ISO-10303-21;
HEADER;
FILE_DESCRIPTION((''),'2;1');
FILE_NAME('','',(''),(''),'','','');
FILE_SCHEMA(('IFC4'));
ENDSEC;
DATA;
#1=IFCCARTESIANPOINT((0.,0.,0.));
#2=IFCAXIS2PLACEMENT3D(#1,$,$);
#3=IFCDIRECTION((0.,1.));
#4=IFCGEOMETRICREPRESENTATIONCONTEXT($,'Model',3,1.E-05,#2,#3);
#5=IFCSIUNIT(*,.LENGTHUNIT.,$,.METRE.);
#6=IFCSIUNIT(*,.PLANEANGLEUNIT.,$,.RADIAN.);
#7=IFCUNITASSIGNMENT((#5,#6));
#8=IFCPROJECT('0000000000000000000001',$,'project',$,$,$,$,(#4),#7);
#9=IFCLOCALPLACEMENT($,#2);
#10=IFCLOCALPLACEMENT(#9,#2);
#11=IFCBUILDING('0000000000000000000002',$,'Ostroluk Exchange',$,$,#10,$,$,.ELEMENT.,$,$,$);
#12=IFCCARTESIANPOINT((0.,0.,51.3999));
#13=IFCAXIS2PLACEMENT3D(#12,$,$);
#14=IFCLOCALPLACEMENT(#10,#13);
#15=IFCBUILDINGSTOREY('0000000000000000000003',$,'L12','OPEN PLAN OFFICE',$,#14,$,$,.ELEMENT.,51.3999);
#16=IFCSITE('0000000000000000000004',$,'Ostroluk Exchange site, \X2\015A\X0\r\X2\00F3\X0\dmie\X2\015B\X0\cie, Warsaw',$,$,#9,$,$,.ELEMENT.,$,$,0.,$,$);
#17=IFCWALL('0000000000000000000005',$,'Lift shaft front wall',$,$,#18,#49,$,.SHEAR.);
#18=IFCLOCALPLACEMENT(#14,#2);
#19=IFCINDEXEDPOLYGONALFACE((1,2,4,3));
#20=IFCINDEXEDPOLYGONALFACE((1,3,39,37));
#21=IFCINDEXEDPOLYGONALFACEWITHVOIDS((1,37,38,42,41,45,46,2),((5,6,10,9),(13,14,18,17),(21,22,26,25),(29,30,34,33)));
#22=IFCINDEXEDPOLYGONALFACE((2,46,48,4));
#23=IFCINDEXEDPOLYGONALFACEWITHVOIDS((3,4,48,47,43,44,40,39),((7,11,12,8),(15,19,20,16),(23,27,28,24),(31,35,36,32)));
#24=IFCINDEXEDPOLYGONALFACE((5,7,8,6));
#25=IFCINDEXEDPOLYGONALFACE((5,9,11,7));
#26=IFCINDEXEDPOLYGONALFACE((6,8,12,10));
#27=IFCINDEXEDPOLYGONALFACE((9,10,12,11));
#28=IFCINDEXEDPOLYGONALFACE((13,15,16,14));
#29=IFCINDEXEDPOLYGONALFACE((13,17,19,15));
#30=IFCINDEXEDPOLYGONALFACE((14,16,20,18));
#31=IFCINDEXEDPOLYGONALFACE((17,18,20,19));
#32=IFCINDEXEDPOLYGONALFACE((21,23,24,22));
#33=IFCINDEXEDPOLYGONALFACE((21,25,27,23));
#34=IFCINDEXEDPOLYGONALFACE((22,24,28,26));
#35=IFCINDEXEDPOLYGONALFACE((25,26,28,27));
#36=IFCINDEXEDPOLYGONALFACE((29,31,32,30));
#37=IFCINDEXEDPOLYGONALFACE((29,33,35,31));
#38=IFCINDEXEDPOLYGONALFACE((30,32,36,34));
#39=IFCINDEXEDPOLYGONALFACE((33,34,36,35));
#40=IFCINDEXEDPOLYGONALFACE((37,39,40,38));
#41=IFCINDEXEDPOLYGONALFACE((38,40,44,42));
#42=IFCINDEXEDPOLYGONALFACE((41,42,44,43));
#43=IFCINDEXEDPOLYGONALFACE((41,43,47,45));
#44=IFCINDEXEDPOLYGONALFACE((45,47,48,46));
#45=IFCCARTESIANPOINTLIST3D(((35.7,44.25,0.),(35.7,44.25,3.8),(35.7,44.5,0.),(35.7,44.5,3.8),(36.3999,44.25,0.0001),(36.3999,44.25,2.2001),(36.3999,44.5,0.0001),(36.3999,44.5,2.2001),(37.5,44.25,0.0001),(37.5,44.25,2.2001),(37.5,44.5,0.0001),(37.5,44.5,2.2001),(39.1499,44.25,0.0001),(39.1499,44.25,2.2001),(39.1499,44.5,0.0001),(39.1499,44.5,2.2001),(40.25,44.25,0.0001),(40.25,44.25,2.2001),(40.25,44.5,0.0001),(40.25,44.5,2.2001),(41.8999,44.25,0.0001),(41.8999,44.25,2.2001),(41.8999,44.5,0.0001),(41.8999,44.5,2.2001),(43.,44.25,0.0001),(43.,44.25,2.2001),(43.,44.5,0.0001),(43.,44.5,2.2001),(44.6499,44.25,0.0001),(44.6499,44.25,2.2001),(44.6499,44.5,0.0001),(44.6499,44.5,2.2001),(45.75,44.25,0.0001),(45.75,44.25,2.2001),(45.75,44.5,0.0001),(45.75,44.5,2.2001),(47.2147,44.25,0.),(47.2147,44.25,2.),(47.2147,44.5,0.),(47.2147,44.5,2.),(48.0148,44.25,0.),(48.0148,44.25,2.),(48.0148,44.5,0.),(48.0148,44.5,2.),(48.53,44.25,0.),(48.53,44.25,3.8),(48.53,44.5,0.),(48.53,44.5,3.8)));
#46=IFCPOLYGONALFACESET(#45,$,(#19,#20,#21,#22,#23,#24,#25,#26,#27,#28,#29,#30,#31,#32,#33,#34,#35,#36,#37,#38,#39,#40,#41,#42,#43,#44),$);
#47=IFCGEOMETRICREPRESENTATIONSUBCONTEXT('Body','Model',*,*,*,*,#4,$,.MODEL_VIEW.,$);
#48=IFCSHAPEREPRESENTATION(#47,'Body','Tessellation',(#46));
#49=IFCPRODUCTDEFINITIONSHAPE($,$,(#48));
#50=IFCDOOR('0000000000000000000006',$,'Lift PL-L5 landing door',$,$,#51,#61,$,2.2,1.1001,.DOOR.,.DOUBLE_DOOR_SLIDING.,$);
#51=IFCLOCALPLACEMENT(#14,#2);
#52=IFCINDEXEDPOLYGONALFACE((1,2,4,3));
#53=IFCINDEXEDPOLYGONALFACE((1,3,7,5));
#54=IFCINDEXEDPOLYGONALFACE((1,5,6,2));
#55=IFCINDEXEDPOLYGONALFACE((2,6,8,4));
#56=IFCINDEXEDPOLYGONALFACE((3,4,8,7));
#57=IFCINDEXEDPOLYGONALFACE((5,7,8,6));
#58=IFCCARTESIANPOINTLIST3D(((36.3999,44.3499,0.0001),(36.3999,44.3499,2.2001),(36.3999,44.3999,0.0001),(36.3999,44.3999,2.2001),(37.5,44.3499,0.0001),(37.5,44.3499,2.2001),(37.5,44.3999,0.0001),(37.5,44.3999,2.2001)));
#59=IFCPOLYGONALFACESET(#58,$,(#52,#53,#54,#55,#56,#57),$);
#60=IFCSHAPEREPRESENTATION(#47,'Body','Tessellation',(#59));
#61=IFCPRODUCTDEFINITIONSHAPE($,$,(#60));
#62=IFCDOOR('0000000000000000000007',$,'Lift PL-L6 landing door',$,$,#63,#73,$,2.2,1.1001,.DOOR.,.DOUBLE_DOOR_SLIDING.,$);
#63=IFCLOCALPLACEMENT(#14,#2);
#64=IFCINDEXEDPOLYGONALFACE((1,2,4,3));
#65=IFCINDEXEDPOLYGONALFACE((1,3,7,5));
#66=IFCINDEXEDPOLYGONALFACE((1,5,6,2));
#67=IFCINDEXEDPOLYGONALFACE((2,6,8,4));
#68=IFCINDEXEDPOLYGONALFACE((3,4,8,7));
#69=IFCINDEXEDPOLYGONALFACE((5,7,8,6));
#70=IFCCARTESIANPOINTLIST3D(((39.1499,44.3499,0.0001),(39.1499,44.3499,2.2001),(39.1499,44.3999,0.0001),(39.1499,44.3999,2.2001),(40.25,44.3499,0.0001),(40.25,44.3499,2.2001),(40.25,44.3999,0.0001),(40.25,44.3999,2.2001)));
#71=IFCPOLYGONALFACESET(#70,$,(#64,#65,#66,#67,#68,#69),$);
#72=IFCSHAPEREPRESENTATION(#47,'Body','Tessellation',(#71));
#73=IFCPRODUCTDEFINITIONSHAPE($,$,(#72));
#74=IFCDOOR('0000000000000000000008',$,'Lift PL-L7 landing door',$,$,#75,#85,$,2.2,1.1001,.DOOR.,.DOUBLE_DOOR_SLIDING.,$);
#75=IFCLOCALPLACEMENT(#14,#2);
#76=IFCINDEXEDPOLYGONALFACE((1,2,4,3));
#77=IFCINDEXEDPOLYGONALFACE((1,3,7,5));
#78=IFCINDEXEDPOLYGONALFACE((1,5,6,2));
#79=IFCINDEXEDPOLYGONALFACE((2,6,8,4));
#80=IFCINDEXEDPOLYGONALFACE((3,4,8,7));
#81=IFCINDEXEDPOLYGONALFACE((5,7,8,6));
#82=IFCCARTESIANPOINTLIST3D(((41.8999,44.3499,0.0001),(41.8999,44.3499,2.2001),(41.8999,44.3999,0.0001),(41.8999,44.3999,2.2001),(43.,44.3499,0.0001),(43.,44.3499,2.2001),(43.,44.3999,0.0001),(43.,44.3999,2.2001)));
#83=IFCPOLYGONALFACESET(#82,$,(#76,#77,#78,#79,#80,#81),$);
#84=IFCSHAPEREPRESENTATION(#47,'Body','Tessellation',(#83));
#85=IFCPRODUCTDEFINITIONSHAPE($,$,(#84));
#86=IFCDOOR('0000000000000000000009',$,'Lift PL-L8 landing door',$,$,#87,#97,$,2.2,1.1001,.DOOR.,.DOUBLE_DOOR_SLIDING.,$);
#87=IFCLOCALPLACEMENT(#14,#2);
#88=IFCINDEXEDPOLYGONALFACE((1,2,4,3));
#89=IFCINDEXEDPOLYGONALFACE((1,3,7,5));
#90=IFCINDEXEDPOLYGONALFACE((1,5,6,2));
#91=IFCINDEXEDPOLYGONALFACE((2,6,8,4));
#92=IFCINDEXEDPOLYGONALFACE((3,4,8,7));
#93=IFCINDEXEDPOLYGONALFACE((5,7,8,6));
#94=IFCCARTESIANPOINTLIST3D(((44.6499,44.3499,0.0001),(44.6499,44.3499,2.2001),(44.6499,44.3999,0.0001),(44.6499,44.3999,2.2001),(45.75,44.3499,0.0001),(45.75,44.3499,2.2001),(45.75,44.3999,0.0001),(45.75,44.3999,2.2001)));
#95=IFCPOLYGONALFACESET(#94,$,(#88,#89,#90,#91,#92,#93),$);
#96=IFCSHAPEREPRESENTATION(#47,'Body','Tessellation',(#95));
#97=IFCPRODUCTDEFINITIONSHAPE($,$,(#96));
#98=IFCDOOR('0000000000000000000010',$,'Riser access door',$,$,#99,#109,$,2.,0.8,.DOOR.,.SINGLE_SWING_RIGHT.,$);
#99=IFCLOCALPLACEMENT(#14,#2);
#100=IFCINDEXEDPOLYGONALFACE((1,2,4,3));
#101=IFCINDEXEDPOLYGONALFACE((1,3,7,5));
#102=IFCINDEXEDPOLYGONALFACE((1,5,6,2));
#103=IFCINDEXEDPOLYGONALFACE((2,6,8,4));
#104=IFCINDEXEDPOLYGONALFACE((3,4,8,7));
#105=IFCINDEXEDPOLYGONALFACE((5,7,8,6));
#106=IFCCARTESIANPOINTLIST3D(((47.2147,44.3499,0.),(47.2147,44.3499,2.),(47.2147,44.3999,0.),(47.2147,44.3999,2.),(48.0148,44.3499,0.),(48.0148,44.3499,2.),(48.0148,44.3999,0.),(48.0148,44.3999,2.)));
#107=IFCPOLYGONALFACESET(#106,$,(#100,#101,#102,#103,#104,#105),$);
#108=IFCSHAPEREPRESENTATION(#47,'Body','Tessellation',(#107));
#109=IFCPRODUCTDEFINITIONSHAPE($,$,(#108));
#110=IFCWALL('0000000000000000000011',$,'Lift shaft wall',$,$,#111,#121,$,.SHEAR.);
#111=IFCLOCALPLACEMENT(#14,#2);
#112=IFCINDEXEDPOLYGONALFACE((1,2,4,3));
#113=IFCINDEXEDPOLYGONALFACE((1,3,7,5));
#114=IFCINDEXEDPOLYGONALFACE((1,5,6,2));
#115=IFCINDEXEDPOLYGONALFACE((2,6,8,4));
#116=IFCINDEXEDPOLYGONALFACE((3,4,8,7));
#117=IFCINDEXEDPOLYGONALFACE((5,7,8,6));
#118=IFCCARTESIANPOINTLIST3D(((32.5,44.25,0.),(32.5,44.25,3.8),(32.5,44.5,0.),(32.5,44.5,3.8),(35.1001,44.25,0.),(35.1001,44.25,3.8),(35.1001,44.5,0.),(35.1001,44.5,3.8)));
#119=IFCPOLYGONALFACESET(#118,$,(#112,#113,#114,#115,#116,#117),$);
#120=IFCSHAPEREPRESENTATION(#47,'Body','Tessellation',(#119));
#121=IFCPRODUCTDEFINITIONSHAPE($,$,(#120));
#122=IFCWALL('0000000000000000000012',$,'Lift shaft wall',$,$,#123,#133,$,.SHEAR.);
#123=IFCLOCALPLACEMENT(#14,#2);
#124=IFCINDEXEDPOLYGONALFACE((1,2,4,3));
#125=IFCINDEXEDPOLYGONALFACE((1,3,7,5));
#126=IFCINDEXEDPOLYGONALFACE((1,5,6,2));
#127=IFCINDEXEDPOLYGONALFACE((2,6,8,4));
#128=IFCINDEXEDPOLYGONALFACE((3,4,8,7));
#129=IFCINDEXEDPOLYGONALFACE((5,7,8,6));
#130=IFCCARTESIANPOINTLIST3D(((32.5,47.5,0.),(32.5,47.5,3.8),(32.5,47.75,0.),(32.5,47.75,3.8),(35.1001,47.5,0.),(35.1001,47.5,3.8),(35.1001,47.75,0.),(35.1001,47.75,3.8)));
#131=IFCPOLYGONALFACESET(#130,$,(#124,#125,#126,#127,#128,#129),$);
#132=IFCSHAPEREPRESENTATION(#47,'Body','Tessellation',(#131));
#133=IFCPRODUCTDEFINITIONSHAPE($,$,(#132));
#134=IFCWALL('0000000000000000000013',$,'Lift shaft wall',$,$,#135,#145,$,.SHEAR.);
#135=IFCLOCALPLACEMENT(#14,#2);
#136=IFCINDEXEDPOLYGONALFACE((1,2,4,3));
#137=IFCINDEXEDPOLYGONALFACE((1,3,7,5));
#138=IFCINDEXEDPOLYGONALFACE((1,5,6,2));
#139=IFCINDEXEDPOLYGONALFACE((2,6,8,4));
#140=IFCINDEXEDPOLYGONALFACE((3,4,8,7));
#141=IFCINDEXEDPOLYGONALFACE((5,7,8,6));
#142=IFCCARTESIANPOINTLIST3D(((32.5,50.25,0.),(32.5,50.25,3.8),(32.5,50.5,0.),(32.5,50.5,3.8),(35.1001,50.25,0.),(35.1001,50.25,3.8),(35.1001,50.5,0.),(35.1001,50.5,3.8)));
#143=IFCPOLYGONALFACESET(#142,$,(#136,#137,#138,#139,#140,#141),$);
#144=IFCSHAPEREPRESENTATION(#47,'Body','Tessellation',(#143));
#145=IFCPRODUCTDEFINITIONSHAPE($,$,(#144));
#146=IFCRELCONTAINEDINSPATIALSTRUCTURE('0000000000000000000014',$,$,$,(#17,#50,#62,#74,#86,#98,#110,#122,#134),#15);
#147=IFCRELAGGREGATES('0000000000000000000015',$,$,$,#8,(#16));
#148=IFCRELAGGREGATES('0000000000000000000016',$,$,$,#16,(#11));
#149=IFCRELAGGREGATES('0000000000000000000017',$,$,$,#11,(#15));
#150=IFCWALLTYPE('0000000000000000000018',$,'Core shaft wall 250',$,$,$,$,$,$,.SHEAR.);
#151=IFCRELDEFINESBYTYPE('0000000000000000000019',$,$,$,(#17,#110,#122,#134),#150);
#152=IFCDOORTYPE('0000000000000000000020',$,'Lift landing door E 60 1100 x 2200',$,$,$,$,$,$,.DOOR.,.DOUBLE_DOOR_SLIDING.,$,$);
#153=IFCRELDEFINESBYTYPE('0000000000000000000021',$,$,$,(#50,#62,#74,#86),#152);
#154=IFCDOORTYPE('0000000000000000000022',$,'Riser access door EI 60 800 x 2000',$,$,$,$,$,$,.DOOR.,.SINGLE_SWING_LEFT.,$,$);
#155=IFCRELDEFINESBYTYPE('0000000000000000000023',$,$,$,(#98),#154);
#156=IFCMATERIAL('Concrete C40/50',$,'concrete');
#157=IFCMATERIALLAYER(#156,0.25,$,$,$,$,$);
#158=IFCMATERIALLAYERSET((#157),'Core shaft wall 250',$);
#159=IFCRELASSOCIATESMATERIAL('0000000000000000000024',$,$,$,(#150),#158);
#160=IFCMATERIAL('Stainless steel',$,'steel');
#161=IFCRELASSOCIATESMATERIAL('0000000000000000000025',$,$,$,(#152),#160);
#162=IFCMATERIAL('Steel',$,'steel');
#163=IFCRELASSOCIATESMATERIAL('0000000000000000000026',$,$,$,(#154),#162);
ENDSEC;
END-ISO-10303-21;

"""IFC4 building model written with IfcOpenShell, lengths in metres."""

from ifc_helpers import new_model, si_unit, direction, frame, frame_2d, origin, place, context, subcontext, project, spatial, rectangle, extrude, material, layer, layer_set, type_object, element, fill, save


model = new_model("IFC4")

# Units and contexts
model_context = context("Model", 3, precision=1e-05, world=origin(), true_north=direction((0.0, 1.0)))
body_context = subcontext(model_context, "Body", "Model", "MODEL_VIEW")
ifc_project = project(units=[si_unit("LENGTHUNIT", "METRE"), si_unit("PLANEANGLEUNIT", "RADIAN")], contexts=[model_context])

# Site, building, storey
site_placement = place(None, origin())
site = spatial("IfcSite", under=ifc_project, at=site_placement, Name="Ostroluk Exchange site, Śródmieście, Warsaw", CompositionType="ELEMENT", RefElevation=0.0)
building_placement = place(site_placement, origin())
building = spatial("IfcBuilding", under=site, at=building_placement, Name="Ostroluk Exchange", CompositionType="ELEMENT")
storey_placement = place(building_placement, frame((0.0, 0.0, 51.3999)))
storey = spatial("IfcBuildingStorey", under=building, at=storey_placement, Name="L12", Description="OPEN PLAN OFFICE", CompositionType="ELEMENT", Elevation=51.3999)

# Shared definitions
ifc_material_1 = material(Name="Concrete C40/50", Category="concrete")
ifc_layer = layer(ifc_material_1, 0.25)
ifc_layer_set = layer_set([ifc_layer], Name="Core shaft wall 250")
wall_type = type_object("IfcWallType", Name="Core shaft wall 250", PredefinedType="SHEAR", material=ifc_layer_set)

# Shared definitions
ifc_material_2 = material(Name="Stainless steel", Category="steel")
door_type_1 = type_object("IfcDoorType", Name="Lift landing door E 60 1100 x 2200", OperationType="DOUBLE_DOOR_SLIDING", PredefinedType="DOOR", material=ifc_material_2)
ifc_material_3 = material(Name="Steel", Category="steel")
door_type_2 = type_object("IfcDoorType", Name="Riser access door EI 60 800 x 2000", OperationType="SINGLE_SWING_LEFT", PredefinedType="DOOR", material=ifc_material_3)

# Wall, openings, doors
wall_1_placement = place(storey_placement, frame((35.7, 44.375, 0.0), z_axis=(0.0, 0.0, 1.0), x_axis=(1.0, 0.0, 0.0)))
wall_1 = element("IfcWall", 1, at=wall_1_placement, inside=storey, type_object=wall_type, Name="Lift shaft front wall", PredefinedType="SHEAR", context=body_context, shape_type="SweptSolid", body=[
    extrude(rectangle(XDim=12.8301, YDim=0.25, at=frame_2d((6.415, 0.0))), origin(), (0.0, 0.0, 1.0), 3.8),
])
opening_1_placement = place(wall_1_placement, frame((0.7, 0.0, 0.0)))
opening_1 = element("IfcOpeningElement", 2, at=opening_1_placement, cuts=wall_1, PredefinedType="OPENING", context=body_context, shape_type="SweptSolid", body=[
    extrude(rectangle(XDim=1.1001, YDim=2.2, at=frame_2d((0.55, 1.1001))), frame((0.0, 0.135, 0.0), z_axis=(0.0, -1.0, 0.0), x_axis=(1.0, 0.0, 0.0)), (0.0, 0.0, 1.0), 0.27),
])
opening_2_placement = place(wall_1_placement, frame((3.45, 0.0, 0.0)))
opening_2 = element("IfcOpeningElement", 3, at=opening_2_placement, cuts=wall_1, PredefinedType="OPENING", context=body_context, shape_type="SweptSolid", body=[
    extrude(rectangle(XDim=1.1001, YDim=2.2, at=frame_2d((0.55, 1.1001))), frame((0.0, 0.135, 0.0), z_axis=(0.0, -1.0, 0.0), x_axis=(1.0, 0.0, 0.0)), (0.0, 0.0, 1.0), 0.27),
])
opening_3_placement = place(wall_1_placement, frame((6.2, 0.0, 0.0)))
opening_3 = element("IfcOpeningElement", 4, at=opening_3_placement, cuts=wall_1, PredefinedType="OPENING", context=body_context, shape_type="SweptSolid", body=[
    extrude(rectangle(XDim=1.1001, YDim=2.2, at=frame_2d((0.55, 1.1001))), frame((0.0, 0.135, 0.0), z_axis=(0.0, -1.0, 0.0), x_axis=(1.0, 0.0, 0.0)), (0.0, 0.0, 1.0), 0.27),
])
opening_4_placement = place(wall_1_placement, frame((8.95, 0.0, 0.0)))
opening_4 = element("IfcOpeningElement", 5, at=opening_4_placement, cuts=wall_1, PredefinedType="OPENING", context=body_context, shape_type="SweptSolid", body=[
    extrude(rectangle(XDim=1.1001, YDim=2.2, at=frame_2d((0.55, 1.1001))), frame((0.0, 0.135, 0.0), z_axis=(0.0, -1.0, 0.0), x_axis=(1.0, 0.0, 0.0)), (0.0, 0.0, 1.0), 0.27),
])
opening_5_placement = place(wall_1_placement, frame((11.5149, 0.0, 0.0)))
opening_5 = element("IfcOpeningElement", 6, at=opening_5_placement, cuts=wall_1, PredefinedType="OPENING", context=body_context, shape_type="SweptSolid", body=[
    extrude(rectangle(XDim=0.8, YDim=2.0, at=frame_2d((0.3999, 1.0))), frame((0.0, 0.135, 0.0), z_axis=(0.0, -1.0, 0.0), x_axis=(1.0, 0.0, 0.0)), (0.0, 0.0, 1.0), 0.27),
])
door_1_placement = place(opening_1_placement, origin())
door_1 = element("IfcDoor", 7, at=door_1_placement, inside=storey, type_object=door_type_1, Name="Lift PL-L5 landing door", OperationType="DOUBLE_DOOR_SLIDING", OverallHeight=2.2, OverallWidth=1.1001, PredefinedType="DOOR", context=body_context, shape_type="SweptSolid", body=[
    extrude(rectangle(XDim=1.1001, YDim=2.2, at=frame_2d((0.55, 1.1001))), frame((0.0, 0.0249, 0.0), z_axis=(0.0, -1.0, 0.0), x_axis=(1.0, 0.0, 0.0)), (0.0, 0.0, 1.0), 0.05),
])
fill(opening_1, door_1)
door_2_placement = place(opening_2_placement, origin())
door_2 = element("IfcDoor", 8, at=door_2_placement, inside=storey, type_object=door_type_1, Name="Lift PL-L6 landing door", OperationType="DOUBLE_DOOR_SLIDING", OverallHeight=2.2, OverallWidth=1.1001, PredefinedType="DOOR", context=body_context, shape_type="SweptSolid", body=[
    extrude(rectangle(XDim=1.1001, YDim=2.2, at=frame_2d((0.55, 1.1001))), frame((0.0, 0.0249, 0.0), z_axis=(0.0, -1.0, 0.0), x_axis=(1.0, 0.0, 0.0)), (0.0, 0.0, 1.0), 0.05),
])
fill(opening_2, door_2)
door_3_placement = place(opening_3_placement, origin())
door_3 = element("IfcDoor", 9, at=door_3_placement, inside=storey, type_object=door_type_1, Name="Lift PL-L7 landing door", OperationType="DOUBLE_DOOR_SLIDING", OverallHeight=2.2, OverallWidth=1.1001, PredefinedType="DOOR", context=body_context, shape_type="SweptSolid", body=[
    extrude(rectangle(XDim=1.1001, YDim=2.2, at=frame_2d((0.55, 1.1001))), frame((0.0, 0.0249, 0.0), z_axis=(0.0, -1.0, 0.0), x_axis=(1.0, 0.0, 0.0)), (0.0, 0.0, 1.0), 0.05),
])
fill(opening_3, door_3)
door_4_placement = place(opening_4_placement, origin())
door_4 = element("IfcDoor", 10, at=door_4_placement, inside=storey, type_object=door_type_1, Name="Lift PL-L8 landing door", OperationType="DOUBLE_DOOR_SLIDING", OverallHeight=2.2, OverallWidth=1.1001, PredefinedType="DOOR", context=body_context, shape_type="SweptSolid", body=[
    extrude(rectangle(XDim=1.1001, YDim=2.2, at=frame_2d((0.55, 1.1001))), frame((0.0, 0.0249, 0.0), z_axis=(0.0, -1.0, 0.0), x_axis=(1.0, 0.0, 0.0)), (0.0, 0.0, 1.0), 0.05),
])
fill(opening_4, door_4)
door_5_placement = place(opening_5_placement, origin())
door_5 = element("IfcDoor", 11, at=door_5_placement, inside=storey, type_object=door_type_2, Name="Riser access door", OperationType="SINGLE_SWING_RIGHT", OverallHeight=2.0, OverallWidth=0.8, PredefinedType="DOOR", context=body_context, shape_type="SweptSolid", body=[
    extrude(rectangle(XDim=0.8, YDim=2.0, at=frame_2d((0.3999, 1.0))), frame((0.0, 0.0249, 0.0), z_axis=(0.0, -1.0, 0.0), x_axis=(1.0, 0.0, 0.0)), (0.0, 0.0, 1.0), 0.05),
])
fill(opening_5, door_5)

# Walls
for number, where, z_axis, x_axis, name in (
    (12, (32.5, 44.375, 0.0), (0.0, 0.0, 1.0), (1.0, 0.0, 0.0), "Lift shaft wall"),
    (13, (32.5, 47.625, 0.0), (0.0, 0.0, 1.0), (1.0, 0.0, 0.0), "Lift shaft wall"),
    (14, (32.5, 50.375, 0.0), (0.0, 0.0, 1.0), (1.0, 0.0, 0.0), "Lift shaft wall"),
):
    element("IfcWall", number, at=place(storey_placement, frame(where, z_axis=z_axis, x_axis=x_axis)), inside=storey, type_object=wall_type, Name=name, PredefinedType="SHEAR", context=body_context, shape_type="SweptSolid", body=[
        extrude(rectangle(XDim=2.6001, YDim=0.25, at=frame_2d((1.3, 0.0))), origin(), (0.0, 0.0, 1.0), 3.8),
    ])

save(model, "model.ifc")
